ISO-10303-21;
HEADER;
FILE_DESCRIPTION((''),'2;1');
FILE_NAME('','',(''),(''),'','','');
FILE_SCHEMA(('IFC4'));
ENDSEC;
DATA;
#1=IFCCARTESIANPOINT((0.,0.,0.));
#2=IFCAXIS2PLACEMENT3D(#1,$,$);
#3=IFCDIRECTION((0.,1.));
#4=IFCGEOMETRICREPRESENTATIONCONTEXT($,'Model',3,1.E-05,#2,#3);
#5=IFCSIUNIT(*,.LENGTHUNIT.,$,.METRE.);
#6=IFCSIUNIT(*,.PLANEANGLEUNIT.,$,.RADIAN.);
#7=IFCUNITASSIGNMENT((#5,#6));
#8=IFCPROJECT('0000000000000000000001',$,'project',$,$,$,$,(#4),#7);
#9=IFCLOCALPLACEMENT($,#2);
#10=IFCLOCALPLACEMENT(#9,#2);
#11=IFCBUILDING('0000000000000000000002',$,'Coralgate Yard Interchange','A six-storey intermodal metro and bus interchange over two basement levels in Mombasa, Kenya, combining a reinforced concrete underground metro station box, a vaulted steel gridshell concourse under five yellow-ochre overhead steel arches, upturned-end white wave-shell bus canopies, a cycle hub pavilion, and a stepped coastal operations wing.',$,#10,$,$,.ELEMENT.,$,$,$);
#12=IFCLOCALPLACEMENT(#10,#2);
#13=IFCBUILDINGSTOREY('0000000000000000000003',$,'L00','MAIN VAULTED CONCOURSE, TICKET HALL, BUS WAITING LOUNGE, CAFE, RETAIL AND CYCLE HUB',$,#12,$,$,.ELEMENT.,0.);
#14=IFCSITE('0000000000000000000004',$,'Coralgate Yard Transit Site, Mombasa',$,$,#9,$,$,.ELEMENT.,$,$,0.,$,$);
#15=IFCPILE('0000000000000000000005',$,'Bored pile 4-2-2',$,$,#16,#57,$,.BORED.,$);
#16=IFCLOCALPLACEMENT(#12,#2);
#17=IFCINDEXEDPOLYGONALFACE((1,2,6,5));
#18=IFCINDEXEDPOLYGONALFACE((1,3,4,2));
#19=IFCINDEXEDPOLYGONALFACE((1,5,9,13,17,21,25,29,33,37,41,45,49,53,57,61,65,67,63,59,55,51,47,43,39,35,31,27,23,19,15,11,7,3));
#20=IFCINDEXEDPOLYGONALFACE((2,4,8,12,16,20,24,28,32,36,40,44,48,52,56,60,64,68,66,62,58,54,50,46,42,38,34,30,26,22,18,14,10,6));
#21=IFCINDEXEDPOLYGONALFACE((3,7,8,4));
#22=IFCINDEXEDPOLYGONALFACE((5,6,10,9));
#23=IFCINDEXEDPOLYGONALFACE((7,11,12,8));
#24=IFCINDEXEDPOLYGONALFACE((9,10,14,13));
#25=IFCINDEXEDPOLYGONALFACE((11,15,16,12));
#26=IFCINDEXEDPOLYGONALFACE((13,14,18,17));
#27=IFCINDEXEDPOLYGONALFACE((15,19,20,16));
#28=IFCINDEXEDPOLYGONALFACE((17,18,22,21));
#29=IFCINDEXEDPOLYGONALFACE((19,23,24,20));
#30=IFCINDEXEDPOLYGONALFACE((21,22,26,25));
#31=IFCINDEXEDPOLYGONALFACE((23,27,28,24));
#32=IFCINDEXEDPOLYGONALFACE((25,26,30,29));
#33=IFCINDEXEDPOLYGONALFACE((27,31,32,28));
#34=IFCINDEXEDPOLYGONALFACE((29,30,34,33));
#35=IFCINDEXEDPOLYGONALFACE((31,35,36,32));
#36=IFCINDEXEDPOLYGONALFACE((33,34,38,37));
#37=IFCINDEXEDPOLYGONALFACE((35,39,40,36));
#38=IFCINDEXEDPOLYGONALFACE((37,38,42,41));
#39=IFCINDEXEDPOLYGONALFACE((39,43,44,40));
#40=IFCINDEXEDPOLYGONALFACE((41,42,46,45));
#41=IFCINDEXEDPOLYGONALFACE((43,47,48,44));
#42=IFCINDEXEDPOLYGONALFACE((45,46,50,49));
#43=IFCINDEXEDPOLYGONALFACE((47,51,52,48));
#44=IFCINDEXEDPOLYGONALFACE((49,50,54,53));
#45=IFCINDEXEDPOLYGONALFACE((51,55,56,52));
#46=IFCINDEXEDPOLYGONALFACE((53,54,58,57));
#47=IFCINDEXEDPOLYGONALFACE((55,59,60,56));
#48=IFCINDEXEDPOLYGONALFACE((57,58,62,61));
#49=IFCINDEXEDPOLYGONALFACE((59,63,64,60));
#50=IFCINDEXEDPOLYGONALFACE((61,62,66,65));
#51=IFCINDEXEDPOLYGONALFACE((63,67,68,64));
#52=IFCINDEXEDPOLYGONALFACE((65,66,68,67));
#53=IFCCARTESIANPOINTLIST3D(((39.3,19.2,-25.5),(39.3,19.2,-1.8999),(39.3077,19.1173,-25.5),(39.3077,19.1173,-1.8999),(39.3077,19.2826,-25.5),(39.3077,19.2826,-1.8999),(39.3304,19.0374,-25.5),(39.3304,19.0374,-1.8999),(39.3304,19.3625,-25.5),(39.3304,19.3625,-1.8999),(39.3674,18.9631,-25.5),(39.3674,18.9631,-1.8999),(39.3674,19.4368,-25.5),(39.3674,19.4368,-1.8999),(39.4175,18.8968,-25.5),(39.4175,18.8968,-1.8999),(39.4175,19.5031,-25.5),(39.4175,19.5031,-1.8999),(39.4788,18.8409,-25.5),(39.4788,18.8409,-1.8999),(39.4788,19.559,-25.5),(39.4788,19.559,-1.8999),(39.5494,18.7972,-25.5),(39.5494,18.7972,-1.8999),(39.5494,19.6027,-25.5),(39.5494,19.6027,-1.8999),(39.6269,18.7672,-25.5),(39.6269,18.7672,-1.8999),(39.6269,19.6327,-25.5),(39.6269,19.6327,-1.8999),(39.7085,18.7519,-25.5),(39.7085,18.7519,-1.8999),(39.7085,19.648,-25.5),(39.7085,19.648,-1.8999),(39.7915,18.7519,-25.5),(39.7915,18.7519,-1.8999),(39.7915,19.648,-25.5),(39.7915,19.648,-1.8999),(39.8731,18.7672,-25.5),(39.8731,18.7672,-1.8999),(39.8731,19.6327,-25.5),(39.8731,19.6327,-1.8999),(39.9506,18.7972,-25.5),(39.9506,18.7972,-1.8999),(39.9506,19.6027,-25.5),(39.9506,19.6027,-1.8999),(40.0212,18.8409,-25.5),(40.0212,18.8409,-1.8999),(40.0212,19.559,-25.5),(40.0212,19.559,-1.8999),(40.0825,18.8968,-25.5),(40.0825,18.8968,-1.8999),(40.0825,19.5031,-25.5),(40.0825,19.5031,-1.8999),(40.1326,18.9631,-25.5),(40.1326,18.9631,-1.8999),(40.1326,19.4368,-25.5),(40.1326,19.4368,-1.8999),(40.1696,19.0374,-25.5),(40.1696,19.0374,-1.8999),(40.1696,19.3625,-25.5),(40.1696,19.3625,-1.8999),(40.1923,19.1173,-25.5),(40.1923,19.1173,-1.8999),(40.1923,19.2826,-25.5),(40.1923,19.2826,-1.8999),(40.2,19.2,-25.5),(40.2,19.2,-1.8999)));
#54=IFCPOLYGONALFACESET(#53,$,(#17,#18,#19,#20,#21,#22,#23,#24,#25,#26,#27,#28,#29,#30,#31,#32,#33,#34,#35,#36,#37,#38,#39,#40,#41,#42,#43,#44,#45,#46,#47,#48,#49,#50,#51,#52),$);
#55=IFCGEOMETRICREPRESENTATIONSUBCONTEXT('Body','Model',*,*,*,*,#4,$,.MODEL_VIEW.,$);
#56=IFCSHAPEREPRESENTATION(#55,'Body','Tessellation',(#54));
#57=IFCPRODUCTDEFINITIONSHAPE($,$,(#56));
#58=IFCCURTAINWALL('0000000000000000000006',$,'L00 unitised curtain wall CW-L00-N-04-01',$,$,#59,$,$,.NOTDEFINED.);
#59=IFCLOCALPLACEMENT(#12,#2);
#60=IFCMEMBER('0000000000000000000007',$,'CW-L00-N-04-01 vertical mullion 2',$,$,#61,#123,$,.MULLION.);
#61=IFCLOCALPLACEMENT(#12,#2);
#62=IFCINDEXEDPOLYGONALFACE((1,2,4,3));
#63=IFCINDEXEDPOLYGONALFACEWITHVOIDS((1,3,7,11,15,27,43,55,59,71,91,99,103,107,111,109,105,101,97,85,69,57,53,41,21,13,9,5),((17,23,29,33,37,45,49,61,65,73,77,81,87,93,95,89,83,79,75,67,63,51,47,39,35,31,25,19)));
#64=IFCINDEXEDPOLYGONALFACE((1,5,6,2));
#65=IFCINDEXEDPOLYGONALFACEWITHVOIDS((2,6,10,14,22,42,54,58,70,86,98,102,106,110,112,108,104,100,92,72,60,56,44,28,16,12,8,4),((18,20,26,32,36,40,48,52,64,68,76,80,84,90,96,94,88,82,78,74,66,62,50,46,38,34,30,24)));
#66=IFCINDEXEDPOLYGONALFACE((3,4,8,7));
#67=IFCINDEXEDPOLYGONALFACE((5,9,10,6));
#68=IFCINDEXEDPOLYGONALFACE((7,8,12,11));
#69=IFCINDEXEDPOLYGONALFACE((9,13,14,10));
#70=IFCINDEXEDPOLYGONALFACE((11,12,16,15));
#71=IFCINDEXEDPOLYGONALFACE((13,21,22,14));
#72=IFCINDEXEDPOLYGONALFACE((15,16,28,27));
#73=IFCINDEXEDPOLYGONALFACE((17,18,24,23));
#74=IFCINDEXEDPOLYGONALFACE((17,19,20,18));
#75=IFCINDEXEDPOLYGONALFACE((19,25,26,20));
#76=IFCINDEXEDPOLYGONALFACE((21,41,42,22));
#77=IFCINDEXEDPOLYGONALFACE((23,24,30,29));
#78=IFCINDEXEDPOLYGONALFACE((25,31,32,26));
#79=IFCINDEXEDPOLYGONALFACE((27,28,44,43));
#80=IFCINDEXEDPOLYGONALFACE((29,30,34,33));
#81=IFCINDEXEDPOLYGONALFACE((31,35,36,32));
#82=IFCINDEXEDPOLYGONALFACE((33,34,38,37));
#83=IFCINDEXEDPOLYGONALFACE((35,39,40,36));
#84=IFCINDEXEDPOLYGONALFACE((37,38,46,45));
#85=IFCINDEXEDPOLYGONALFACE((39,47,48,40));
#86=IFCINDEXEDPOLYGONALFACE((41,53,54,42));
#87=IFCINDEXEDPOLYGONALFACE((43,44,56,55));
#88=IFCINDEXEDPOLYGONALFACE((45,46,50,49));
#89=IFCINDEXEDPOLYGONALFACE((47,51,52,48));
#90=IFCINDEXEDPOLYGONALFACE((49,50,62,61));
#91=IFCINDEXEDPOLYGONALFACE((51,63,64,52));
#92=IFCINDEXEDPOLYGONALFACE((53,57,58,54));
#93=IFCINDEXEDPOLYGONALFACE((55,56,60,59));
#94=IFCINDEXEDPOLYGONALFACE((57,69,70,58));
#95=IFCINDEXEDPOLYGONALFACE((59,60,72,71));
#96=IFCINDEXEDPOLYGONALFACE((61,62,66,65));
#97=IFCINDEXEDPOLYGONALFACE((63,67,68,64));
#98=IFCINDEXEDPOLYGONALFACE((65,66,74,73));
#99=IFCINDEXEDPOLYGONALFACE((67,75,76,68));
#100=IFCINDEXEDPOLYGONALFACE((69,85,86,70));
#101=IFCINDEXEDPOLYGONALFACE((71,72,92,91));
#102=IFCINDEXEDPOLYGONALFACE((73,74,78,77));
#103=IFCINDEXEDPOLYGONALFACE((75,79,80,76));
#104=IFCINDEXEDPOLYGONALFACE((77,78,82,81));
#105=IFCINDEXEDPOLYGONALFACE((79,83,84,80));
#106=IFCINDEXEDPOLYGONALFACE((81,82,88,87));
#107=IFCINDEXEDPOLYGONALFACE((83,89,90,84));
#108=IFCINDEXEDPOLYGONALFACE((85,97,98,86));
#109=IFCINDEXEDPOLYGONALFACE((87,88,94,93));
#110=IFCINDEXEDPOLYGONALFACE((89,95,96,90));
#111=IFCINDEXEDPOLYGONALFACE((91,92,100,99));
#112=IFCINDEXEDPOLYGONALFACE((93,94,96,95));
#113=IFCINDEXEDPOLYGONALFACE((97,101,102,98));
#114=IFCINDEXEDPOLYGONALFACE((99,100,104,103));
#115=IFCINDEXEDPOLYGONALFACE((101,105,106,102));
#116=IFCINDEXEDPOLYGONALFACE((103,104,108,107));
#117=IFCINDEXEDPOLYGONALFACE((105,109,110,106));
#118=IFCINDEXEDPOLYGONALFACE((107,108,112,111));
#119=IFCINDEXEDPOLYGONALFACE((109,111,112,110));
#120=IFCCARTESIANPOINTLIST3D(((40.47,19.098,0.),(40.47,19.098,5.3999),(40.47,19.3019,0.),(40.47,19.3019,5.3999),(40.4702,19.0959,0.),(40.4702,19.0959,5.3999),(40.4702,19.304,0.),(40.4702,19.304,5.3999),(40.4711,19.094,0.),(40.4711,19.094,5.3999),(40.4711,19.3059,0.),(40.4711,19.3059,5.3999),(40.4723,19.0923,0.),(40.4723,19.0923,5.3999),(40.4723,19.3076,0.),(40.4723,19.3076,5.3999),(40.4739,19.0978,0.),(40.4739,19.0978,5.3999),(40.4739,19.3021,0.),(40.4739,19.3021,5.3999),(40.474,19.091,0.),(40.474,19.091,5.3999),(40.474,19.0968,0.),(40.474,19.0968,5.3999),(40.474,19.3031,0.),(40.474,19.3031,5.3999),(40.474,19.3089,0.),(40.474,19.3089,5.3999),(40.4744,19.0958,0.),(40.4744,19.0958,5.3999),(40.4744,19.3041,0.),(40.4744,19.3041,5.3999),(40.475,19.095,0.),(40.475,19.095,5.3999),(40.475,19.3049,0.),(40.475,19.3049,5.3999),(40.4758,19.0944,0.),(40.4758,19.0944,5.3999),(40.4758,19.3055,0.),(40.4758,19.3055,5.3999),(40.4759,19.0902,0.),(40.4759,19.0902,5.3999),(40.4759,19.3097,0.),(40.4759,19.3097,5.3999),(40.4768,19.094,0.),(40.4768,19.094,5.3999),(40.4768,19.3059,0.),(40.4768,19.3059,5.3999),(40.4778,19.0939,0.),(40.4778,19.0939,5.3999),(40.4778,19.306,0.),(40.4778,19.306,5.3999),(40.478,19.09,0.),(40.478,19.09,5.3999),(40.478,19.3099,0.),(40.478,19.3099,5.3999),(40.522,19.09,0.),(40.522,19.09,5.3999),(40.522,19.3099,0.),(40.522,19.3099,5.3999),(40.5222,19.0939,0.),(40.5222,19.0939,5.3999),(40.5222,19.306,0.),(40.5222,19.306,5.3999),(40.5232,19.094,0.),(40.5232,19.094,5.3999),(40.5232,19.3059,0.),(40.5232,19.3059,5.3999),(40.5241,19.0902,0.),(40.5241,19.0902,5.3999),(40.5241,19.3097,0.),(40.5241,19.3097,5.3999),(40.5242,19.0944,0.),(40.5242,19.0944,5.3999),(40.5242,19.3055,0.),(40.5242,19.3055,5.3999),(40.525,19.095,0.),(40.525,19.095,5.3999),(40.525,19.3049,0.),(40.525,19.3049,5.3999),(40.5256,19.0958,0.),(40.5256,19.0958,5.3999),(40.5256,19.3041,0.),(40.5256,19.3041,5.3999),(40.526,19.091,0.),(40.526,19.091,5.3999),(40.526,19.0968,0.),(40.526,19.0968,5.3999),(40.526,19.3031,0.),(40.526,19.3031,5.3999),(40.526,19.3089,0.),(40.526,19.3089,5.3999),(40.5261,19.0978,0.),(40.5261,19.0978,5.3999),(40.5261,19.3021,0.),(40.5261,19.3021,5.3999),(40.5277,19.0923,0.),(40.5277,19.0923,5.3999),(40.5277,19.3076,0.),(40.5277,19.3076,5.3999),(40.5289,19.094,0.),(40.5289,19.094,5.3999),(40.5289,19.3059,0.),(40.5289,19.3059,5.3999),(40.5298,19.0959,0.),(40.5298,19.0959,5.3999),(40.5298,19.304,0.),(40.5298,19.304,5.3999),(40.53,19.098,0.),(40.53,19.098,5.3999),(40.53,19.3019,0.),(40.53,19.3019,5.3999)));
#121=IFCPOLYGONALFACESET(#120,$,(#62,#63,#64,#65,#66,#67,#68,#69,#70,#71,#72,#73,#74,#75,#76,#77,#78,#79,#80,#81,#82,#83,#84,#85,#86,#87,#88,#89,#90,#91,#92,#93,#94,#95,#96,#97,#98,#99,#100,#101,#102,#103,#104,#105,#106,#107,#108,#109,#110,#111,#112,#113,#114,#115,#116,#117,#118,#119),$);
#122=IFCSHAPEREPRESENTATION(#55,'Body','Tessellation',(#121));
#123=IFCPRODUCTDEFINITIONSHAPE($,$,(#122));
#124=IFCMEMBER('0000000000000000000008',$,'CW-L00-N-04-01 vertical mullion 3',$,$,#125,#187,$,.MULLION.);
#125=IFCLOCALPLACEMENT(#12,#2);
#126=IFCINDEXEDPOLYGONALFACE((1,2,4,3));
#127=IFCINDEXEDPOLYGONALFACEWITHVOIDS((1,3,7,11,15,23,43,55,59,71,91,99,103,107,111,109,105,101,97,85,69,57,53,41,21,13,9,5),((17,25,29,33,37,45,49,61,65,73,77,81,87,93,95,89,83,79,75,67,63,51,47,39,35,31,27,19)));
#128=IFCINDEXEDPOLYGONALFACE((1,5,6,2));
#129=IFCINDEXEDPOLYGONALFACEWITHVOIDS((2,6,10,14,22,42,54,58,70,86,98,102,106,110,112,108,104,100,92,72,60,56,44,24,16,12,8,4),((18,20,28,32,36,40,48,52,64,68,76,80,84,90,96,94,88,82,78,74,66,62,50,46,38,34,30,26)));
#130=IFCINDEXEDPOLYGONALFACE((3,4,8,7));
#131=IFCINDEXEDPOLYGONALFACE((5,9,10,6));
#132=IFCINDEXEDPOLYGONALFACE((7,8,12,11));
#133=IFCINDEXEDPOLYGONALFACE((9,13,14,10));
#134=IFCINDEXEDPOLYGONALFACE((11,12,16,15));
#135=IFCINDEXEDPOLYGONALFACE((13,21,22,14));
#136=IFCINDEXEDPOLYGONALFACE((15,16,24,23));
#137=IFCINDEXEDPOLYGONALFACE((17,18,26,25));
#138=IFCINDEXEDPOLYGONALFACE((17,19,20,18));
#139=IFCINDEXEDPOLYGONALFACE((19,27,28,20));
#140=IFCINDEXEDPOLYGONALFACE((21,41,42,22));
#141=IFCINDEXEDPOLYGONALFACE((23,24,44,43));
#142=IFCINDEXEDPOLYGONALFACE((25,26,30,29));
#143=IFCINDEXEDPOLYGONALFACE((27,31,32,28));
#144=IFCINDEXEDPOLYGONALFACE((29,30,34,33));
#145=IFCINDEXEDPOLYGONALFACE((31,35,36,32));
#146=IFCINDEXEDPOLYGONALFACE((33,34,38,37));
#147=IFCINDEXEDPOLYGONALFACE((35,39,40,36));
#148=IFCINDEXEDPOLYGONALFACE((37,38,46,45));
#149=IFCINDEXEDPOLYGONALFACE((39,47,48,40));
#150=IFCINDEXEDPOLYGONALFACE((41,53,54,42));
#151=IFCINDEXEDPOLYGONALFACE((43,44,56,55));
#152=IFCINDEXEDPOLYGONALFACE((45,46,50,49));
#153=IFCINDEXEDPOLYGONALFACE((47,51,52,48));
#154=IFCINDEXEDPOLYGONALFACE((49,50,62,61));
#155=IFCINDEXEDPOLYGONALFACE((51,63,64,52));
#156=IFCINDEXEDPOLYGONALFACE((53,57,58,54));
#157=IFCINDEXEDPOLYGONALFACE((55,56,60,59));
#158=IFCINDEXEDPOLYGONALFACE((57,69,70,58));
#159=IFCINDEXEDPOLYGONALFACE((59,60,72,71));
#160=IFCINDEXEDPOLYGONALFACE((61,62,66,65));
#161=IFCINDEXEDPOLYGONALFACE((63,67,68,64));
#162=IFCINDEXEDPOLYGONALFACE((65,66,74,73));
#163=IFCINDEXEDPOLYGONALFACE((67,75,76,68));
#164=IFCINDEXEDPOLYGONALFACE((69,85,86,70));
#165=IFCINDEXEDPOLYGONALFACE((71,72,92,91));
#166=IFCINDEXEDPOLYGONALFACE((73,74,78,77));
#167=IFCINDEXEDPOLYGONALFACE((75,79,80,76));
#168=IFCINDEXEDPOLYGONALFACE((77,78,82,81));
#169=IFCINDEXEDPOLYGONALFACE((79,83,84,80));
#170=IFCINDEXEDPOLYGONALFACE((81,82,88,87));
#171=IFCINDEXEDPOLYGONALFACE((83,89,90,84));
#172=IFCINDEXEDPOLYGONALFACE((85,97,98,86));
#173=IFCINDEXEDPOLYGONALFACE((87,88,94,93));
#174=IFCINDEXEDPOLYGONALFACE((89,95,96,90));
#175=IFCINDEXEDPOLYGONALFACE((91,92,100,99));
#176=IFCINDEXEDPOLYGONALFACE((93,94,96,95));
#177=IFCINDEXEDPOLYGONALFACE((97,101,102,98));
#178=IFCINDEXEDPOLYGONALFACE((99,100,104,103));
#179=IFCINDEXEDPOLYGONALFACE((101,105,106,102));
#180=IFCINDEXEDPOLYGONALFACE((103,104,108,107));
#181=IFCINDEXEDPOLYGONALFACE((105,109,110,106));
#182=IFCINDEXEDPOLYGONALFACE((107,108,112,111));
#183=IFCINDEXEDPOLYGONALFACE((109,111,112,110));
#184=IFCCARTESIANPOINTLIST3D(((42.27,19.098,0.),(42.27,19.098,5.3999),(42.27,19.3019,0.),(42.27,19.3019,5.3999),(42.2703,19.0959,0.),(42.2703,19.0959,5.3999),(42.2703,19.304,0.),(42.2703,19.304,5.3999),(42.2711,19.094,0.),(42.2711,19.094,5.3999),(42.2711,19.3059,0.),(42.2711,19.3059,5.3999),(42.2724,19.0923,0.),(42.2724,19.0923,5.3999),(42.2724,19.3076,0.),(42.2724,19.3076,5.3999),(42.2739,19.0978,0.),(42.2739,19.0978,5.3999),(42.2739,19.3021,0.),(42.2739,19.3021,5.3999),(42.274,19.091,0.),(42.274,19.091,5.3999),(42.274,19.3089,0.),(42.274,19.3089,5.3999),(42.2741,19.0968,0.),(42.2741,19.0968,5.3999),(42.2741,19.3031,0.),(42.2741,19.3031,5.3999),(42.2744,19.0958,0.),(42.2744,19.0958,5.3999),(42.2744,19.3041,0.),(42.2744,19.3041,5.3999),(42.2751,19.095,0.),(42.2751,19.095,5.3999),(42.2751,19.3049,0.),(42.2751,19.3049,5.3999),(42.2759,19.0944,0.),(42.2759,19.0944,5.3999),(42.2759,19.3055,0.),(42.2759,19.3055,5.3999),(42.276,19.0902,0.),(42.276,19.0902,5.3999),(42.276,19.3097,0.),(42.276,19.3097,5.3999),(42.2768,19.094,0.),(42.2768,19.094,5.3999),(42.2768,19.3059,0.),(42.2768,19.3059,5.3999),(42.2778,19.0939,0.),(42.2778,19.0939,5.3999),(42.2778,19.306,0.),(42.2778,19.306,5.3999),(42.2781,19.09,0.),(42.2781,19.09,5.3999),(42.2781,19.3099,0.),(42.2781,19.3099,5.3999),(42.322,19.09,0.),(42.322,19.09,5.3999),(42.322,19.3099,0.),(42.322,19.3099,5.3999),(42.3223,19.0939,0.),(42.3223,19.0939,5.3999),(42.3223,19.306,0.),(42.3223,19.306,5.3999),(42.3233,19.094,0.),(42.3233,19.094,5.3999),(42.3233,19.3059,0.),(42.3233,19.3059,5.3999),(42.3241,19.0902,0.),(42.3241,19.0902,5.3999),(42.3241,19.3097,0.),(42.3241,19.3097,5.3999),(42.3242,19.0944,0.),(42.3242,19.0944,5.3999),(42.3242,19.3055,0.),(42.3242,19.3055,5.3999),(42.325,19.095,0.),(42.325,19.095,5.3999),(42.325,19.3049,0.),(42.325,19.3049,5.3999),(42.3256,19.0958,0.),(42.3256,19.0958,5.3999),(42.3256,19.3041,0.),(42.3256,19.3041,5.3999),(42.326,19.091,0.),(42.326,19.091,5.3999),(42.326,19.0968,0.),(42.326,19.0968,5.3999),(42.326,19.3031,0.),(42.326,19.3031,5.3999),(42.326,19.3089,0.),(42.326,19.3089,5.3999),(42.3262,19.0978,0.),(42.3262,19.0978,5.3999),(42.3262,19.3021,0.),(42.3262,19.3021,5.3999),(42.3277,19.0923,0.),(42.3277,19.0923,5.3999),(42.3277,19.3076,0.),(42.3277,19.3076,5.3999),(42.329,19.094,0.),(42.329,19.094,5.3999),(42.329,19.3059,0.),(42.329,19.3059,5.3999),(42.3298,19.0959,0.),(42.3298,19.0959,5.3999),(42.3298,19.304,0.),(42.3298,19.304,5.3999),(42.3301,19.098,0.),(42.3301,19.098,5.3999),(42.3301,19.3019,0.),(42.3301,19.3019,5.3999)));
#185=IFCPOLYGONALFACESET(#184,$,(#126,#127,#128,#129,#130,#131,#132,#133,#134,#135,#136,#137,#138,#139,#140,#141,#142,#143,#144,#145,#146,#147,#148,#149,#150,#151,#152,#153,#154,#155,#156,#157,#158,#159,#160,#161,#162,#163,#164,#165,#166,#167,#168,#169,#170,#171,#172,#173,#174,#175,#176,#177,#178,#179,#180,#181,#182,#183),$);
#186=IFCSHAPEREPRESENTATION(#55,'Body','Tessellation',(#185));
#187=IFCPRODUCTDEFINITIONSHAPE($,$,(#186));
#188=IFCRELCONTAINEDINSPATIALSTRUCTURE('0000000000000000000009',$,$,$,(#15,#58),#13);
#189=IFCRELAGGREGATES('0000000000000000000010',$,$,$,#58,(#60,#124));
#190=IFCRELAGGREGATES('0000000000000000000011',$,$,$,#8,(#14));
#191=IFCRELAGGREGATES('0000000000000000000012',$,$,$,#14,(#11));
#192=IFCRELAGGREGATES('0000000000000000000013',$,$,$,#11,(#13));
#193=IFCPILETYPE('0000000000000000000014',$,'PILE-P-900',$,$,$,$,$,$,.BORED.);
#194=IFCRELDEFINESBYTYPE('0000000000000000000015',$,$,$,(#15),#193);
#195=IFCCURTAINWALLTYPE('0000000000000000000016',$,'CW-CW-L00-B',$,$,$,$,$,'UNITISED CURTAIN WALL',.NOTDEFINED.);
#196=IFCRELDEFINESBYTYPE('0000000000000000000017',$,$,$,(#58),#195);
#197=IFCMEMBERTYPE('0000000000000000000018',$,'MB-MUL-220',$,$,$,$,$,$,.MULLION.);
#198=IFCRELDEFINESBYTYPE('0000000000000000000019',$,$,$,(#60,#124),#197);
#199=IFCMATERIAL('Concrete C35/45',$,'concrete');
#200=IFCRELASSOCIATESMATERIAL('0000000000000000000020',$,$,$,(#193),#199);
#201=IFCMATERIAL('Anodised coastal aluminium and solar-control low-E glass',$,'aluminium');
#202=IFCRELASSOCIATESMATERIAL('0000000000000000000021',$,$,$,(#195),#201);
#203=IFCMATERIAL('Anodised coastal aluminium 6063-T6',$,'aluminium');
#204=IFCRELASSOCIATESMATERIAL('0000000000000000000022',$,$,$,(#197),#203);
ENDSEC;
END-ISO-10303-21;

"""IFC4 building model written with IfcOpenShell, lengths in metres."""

from ifc_helpers import new_model, si_unit, direction, frame, origin, origin_2d, place, context, subcontext, project, spatial, hollow_rectangle, circle, extrude, material, material_profile, profile_set, type_object, element, aggregate, save


model = new_model("IFC4")

# Units and contexts
model_context = context("Model", 3, precision=1e-05, world=origin(), true_north=direction((0.0, 1.0)))
body_context = subcontext(model_context, "Body", "Model", "MODEL_VIEW")
ifc_project = project(units=[si_unit("LENGTHUNIT", "METRE"), si_unit("PLANEANGLEUNIT", "RADIAN")], contexts=[model_context])

# Site, building, storey
site_placement = place(None, origin())
site = spatial("IfcSite", under=ifc_project, at=site_placement, Name="Coralgate Yard Transit Site, Mombasa", CompositionType="ELEMENT", RefElevation=0.0)
building_placement = place(site_placement, origin())
building = spatial("IfcBuilding", under=site, at=building_placement, Name="Coralgate Yard Interchange", Description="A six-storey intermodal metro and bus interchange over two basement levels in Mombasa, Kenya, combining a reinforced concrete underground metro station box, a vaulted steel gridshell concourse under five yellow-ochre overhead steel arches, upturned-end white wave-shell bus canopies, a cycle hub pavilion, and a stepped coastal operations wing.", CompositionType="ELEMENT")
storey_placement = place(building_placement, origin())
storey = spatial("IfcBuildingStorey", under=building, at=storey_placement, Name="L00", Description="MAIN VAULTED CONCOURSE, TICKET HALL, BUS WAITING LOUNGE, CAFE, RETAIL AND CYCLE HUB", CompositionType="ELEMENT", Elevation=0.0)

# Pile
ifc_material_1 = material(Name="Concrete C35/45", Category="concrete")
ifc_material_profile_1 = material_profile(ifc_material_1, circle(Radius=0.45, at=origin_2d()), Name="BORED PILE D900")
ifc_profile_set_1 = profile_set([ifc_material_profile_1], Name="Concrete C35/45")
pile_type = type_object("IfcPileType", Name="PILE-P-900", PredefinedType="BORED", material=ifc_profile_set_1)
pile_placement = place(storey_placement, frame((39.75, 19.2, -1.8999), z_axis=(0.0, 0.0, -1.0), x_axis=(1.0, 0.0, 0.0)))
element("IfcPile", 1, at=pile_placement, inside=storey, type_object=pile_type, Name="Bored pile 4-2-2", PredefinedType="BORED", context=body_context, shape_type="SweptSolid", body=[
    extrude(circle(Radius=0.45, at=origin_2d()), origin(), (0.0, 0.0, 1.0), 23.6001),
])

# Curtain wall, members
ifc_material_2 = material(Name="Anodised coastal aluminium and solar-control low-E glass", Category="aluminium")
curtain_wall_type = type_object("IfcCurtainWallType", Name="CW-CW-L00-B", ElementType="UNITISED CURTAIN WALL", PredefinedType="NOTDEFINED", material=ifc_material_2)
curtain_wall_placement = place(storey_placement, origin())
curtain_wall = element("IfcCurtainWall", 2, at=curtain_wall_placement, inside=storey, type_object=curtain_wall_type, Name="L00 unitised curtain wall CW-L00-N-04-01", PredefinedType="NOTDEFINED")
ifc_material_3 = material(Name="Anodised coastal aluminium 6063-T6", Category="aluminium")
ifc_material_profile_2 = material_profile(ifc_material_3, hollow_rectangle(XDim=0.0601, YDim=0.22, WallThickness=0.0039, InnerFilletRadius=0.0039, OuterFilletRadius=0.0081, at=origin_2d()), Name="ALU 60x220x4")
ifc_profile_set_2 = profile_set([ifc_material_profile_2], Name="Anodised coastal aluminium 6063-T6")
member_type_1 = type_object("IfcMemberType", Name="MB-MUL-220", PredefinedType="MULLION", material=ifc_profile_set_2)
member_1_placement = place(storey_placement, frame((40.5, 19.2, 0.0), z_axis=(0.0, 0.0, 1.0), x_axis=(1.0, 0.0, 0.0)))
member_1 = element("IfcMember", 3, at=member_1_placement, type_object=member_type_1, Name="CW-L00-N-04-01 vertical mullion 2", PredefinedType="MULLION", context=body_context, shape_type="SweptSolid", body=[
    extrude(hollow_rectangle(XDim=0.0601, YDim=0.22, WallThickness=0.0039, InnerFilletRadius=0.0039, OuterFilletRadius=0.0081, at=origin_2d()), origin(), (0.0, 0.0, 1.0), 5.3999),
])
member_2_placement = place(storey_placement, frame((42.3, 19.2, 0.0), z_axis=(0.0, 0.0, 1.0), x_axis=(1.0, 0.0, 0.0)))
member_2 = element("IfcMember", 4, at=member_2_placement, type_object=member_type_1, Name="CW-L00-N-04-01 vertical mullion 3", PredefinedType="MULLION", context=body_context, shape_type="SweptSolid", body=[
    extrude(hollow_rectangle(XDim=0.0601, YDim=0.22, WallThickness=0.0039, InnerFilletRadius=0.0039, OuterFilletRadius=0.0081, at=origin_2d()), origin(), (0.0, 0.0, 1.0), 5.3999),
])
aggregate(curtain_wall, [member_1, member_2])

save(model, "model.ifc")
